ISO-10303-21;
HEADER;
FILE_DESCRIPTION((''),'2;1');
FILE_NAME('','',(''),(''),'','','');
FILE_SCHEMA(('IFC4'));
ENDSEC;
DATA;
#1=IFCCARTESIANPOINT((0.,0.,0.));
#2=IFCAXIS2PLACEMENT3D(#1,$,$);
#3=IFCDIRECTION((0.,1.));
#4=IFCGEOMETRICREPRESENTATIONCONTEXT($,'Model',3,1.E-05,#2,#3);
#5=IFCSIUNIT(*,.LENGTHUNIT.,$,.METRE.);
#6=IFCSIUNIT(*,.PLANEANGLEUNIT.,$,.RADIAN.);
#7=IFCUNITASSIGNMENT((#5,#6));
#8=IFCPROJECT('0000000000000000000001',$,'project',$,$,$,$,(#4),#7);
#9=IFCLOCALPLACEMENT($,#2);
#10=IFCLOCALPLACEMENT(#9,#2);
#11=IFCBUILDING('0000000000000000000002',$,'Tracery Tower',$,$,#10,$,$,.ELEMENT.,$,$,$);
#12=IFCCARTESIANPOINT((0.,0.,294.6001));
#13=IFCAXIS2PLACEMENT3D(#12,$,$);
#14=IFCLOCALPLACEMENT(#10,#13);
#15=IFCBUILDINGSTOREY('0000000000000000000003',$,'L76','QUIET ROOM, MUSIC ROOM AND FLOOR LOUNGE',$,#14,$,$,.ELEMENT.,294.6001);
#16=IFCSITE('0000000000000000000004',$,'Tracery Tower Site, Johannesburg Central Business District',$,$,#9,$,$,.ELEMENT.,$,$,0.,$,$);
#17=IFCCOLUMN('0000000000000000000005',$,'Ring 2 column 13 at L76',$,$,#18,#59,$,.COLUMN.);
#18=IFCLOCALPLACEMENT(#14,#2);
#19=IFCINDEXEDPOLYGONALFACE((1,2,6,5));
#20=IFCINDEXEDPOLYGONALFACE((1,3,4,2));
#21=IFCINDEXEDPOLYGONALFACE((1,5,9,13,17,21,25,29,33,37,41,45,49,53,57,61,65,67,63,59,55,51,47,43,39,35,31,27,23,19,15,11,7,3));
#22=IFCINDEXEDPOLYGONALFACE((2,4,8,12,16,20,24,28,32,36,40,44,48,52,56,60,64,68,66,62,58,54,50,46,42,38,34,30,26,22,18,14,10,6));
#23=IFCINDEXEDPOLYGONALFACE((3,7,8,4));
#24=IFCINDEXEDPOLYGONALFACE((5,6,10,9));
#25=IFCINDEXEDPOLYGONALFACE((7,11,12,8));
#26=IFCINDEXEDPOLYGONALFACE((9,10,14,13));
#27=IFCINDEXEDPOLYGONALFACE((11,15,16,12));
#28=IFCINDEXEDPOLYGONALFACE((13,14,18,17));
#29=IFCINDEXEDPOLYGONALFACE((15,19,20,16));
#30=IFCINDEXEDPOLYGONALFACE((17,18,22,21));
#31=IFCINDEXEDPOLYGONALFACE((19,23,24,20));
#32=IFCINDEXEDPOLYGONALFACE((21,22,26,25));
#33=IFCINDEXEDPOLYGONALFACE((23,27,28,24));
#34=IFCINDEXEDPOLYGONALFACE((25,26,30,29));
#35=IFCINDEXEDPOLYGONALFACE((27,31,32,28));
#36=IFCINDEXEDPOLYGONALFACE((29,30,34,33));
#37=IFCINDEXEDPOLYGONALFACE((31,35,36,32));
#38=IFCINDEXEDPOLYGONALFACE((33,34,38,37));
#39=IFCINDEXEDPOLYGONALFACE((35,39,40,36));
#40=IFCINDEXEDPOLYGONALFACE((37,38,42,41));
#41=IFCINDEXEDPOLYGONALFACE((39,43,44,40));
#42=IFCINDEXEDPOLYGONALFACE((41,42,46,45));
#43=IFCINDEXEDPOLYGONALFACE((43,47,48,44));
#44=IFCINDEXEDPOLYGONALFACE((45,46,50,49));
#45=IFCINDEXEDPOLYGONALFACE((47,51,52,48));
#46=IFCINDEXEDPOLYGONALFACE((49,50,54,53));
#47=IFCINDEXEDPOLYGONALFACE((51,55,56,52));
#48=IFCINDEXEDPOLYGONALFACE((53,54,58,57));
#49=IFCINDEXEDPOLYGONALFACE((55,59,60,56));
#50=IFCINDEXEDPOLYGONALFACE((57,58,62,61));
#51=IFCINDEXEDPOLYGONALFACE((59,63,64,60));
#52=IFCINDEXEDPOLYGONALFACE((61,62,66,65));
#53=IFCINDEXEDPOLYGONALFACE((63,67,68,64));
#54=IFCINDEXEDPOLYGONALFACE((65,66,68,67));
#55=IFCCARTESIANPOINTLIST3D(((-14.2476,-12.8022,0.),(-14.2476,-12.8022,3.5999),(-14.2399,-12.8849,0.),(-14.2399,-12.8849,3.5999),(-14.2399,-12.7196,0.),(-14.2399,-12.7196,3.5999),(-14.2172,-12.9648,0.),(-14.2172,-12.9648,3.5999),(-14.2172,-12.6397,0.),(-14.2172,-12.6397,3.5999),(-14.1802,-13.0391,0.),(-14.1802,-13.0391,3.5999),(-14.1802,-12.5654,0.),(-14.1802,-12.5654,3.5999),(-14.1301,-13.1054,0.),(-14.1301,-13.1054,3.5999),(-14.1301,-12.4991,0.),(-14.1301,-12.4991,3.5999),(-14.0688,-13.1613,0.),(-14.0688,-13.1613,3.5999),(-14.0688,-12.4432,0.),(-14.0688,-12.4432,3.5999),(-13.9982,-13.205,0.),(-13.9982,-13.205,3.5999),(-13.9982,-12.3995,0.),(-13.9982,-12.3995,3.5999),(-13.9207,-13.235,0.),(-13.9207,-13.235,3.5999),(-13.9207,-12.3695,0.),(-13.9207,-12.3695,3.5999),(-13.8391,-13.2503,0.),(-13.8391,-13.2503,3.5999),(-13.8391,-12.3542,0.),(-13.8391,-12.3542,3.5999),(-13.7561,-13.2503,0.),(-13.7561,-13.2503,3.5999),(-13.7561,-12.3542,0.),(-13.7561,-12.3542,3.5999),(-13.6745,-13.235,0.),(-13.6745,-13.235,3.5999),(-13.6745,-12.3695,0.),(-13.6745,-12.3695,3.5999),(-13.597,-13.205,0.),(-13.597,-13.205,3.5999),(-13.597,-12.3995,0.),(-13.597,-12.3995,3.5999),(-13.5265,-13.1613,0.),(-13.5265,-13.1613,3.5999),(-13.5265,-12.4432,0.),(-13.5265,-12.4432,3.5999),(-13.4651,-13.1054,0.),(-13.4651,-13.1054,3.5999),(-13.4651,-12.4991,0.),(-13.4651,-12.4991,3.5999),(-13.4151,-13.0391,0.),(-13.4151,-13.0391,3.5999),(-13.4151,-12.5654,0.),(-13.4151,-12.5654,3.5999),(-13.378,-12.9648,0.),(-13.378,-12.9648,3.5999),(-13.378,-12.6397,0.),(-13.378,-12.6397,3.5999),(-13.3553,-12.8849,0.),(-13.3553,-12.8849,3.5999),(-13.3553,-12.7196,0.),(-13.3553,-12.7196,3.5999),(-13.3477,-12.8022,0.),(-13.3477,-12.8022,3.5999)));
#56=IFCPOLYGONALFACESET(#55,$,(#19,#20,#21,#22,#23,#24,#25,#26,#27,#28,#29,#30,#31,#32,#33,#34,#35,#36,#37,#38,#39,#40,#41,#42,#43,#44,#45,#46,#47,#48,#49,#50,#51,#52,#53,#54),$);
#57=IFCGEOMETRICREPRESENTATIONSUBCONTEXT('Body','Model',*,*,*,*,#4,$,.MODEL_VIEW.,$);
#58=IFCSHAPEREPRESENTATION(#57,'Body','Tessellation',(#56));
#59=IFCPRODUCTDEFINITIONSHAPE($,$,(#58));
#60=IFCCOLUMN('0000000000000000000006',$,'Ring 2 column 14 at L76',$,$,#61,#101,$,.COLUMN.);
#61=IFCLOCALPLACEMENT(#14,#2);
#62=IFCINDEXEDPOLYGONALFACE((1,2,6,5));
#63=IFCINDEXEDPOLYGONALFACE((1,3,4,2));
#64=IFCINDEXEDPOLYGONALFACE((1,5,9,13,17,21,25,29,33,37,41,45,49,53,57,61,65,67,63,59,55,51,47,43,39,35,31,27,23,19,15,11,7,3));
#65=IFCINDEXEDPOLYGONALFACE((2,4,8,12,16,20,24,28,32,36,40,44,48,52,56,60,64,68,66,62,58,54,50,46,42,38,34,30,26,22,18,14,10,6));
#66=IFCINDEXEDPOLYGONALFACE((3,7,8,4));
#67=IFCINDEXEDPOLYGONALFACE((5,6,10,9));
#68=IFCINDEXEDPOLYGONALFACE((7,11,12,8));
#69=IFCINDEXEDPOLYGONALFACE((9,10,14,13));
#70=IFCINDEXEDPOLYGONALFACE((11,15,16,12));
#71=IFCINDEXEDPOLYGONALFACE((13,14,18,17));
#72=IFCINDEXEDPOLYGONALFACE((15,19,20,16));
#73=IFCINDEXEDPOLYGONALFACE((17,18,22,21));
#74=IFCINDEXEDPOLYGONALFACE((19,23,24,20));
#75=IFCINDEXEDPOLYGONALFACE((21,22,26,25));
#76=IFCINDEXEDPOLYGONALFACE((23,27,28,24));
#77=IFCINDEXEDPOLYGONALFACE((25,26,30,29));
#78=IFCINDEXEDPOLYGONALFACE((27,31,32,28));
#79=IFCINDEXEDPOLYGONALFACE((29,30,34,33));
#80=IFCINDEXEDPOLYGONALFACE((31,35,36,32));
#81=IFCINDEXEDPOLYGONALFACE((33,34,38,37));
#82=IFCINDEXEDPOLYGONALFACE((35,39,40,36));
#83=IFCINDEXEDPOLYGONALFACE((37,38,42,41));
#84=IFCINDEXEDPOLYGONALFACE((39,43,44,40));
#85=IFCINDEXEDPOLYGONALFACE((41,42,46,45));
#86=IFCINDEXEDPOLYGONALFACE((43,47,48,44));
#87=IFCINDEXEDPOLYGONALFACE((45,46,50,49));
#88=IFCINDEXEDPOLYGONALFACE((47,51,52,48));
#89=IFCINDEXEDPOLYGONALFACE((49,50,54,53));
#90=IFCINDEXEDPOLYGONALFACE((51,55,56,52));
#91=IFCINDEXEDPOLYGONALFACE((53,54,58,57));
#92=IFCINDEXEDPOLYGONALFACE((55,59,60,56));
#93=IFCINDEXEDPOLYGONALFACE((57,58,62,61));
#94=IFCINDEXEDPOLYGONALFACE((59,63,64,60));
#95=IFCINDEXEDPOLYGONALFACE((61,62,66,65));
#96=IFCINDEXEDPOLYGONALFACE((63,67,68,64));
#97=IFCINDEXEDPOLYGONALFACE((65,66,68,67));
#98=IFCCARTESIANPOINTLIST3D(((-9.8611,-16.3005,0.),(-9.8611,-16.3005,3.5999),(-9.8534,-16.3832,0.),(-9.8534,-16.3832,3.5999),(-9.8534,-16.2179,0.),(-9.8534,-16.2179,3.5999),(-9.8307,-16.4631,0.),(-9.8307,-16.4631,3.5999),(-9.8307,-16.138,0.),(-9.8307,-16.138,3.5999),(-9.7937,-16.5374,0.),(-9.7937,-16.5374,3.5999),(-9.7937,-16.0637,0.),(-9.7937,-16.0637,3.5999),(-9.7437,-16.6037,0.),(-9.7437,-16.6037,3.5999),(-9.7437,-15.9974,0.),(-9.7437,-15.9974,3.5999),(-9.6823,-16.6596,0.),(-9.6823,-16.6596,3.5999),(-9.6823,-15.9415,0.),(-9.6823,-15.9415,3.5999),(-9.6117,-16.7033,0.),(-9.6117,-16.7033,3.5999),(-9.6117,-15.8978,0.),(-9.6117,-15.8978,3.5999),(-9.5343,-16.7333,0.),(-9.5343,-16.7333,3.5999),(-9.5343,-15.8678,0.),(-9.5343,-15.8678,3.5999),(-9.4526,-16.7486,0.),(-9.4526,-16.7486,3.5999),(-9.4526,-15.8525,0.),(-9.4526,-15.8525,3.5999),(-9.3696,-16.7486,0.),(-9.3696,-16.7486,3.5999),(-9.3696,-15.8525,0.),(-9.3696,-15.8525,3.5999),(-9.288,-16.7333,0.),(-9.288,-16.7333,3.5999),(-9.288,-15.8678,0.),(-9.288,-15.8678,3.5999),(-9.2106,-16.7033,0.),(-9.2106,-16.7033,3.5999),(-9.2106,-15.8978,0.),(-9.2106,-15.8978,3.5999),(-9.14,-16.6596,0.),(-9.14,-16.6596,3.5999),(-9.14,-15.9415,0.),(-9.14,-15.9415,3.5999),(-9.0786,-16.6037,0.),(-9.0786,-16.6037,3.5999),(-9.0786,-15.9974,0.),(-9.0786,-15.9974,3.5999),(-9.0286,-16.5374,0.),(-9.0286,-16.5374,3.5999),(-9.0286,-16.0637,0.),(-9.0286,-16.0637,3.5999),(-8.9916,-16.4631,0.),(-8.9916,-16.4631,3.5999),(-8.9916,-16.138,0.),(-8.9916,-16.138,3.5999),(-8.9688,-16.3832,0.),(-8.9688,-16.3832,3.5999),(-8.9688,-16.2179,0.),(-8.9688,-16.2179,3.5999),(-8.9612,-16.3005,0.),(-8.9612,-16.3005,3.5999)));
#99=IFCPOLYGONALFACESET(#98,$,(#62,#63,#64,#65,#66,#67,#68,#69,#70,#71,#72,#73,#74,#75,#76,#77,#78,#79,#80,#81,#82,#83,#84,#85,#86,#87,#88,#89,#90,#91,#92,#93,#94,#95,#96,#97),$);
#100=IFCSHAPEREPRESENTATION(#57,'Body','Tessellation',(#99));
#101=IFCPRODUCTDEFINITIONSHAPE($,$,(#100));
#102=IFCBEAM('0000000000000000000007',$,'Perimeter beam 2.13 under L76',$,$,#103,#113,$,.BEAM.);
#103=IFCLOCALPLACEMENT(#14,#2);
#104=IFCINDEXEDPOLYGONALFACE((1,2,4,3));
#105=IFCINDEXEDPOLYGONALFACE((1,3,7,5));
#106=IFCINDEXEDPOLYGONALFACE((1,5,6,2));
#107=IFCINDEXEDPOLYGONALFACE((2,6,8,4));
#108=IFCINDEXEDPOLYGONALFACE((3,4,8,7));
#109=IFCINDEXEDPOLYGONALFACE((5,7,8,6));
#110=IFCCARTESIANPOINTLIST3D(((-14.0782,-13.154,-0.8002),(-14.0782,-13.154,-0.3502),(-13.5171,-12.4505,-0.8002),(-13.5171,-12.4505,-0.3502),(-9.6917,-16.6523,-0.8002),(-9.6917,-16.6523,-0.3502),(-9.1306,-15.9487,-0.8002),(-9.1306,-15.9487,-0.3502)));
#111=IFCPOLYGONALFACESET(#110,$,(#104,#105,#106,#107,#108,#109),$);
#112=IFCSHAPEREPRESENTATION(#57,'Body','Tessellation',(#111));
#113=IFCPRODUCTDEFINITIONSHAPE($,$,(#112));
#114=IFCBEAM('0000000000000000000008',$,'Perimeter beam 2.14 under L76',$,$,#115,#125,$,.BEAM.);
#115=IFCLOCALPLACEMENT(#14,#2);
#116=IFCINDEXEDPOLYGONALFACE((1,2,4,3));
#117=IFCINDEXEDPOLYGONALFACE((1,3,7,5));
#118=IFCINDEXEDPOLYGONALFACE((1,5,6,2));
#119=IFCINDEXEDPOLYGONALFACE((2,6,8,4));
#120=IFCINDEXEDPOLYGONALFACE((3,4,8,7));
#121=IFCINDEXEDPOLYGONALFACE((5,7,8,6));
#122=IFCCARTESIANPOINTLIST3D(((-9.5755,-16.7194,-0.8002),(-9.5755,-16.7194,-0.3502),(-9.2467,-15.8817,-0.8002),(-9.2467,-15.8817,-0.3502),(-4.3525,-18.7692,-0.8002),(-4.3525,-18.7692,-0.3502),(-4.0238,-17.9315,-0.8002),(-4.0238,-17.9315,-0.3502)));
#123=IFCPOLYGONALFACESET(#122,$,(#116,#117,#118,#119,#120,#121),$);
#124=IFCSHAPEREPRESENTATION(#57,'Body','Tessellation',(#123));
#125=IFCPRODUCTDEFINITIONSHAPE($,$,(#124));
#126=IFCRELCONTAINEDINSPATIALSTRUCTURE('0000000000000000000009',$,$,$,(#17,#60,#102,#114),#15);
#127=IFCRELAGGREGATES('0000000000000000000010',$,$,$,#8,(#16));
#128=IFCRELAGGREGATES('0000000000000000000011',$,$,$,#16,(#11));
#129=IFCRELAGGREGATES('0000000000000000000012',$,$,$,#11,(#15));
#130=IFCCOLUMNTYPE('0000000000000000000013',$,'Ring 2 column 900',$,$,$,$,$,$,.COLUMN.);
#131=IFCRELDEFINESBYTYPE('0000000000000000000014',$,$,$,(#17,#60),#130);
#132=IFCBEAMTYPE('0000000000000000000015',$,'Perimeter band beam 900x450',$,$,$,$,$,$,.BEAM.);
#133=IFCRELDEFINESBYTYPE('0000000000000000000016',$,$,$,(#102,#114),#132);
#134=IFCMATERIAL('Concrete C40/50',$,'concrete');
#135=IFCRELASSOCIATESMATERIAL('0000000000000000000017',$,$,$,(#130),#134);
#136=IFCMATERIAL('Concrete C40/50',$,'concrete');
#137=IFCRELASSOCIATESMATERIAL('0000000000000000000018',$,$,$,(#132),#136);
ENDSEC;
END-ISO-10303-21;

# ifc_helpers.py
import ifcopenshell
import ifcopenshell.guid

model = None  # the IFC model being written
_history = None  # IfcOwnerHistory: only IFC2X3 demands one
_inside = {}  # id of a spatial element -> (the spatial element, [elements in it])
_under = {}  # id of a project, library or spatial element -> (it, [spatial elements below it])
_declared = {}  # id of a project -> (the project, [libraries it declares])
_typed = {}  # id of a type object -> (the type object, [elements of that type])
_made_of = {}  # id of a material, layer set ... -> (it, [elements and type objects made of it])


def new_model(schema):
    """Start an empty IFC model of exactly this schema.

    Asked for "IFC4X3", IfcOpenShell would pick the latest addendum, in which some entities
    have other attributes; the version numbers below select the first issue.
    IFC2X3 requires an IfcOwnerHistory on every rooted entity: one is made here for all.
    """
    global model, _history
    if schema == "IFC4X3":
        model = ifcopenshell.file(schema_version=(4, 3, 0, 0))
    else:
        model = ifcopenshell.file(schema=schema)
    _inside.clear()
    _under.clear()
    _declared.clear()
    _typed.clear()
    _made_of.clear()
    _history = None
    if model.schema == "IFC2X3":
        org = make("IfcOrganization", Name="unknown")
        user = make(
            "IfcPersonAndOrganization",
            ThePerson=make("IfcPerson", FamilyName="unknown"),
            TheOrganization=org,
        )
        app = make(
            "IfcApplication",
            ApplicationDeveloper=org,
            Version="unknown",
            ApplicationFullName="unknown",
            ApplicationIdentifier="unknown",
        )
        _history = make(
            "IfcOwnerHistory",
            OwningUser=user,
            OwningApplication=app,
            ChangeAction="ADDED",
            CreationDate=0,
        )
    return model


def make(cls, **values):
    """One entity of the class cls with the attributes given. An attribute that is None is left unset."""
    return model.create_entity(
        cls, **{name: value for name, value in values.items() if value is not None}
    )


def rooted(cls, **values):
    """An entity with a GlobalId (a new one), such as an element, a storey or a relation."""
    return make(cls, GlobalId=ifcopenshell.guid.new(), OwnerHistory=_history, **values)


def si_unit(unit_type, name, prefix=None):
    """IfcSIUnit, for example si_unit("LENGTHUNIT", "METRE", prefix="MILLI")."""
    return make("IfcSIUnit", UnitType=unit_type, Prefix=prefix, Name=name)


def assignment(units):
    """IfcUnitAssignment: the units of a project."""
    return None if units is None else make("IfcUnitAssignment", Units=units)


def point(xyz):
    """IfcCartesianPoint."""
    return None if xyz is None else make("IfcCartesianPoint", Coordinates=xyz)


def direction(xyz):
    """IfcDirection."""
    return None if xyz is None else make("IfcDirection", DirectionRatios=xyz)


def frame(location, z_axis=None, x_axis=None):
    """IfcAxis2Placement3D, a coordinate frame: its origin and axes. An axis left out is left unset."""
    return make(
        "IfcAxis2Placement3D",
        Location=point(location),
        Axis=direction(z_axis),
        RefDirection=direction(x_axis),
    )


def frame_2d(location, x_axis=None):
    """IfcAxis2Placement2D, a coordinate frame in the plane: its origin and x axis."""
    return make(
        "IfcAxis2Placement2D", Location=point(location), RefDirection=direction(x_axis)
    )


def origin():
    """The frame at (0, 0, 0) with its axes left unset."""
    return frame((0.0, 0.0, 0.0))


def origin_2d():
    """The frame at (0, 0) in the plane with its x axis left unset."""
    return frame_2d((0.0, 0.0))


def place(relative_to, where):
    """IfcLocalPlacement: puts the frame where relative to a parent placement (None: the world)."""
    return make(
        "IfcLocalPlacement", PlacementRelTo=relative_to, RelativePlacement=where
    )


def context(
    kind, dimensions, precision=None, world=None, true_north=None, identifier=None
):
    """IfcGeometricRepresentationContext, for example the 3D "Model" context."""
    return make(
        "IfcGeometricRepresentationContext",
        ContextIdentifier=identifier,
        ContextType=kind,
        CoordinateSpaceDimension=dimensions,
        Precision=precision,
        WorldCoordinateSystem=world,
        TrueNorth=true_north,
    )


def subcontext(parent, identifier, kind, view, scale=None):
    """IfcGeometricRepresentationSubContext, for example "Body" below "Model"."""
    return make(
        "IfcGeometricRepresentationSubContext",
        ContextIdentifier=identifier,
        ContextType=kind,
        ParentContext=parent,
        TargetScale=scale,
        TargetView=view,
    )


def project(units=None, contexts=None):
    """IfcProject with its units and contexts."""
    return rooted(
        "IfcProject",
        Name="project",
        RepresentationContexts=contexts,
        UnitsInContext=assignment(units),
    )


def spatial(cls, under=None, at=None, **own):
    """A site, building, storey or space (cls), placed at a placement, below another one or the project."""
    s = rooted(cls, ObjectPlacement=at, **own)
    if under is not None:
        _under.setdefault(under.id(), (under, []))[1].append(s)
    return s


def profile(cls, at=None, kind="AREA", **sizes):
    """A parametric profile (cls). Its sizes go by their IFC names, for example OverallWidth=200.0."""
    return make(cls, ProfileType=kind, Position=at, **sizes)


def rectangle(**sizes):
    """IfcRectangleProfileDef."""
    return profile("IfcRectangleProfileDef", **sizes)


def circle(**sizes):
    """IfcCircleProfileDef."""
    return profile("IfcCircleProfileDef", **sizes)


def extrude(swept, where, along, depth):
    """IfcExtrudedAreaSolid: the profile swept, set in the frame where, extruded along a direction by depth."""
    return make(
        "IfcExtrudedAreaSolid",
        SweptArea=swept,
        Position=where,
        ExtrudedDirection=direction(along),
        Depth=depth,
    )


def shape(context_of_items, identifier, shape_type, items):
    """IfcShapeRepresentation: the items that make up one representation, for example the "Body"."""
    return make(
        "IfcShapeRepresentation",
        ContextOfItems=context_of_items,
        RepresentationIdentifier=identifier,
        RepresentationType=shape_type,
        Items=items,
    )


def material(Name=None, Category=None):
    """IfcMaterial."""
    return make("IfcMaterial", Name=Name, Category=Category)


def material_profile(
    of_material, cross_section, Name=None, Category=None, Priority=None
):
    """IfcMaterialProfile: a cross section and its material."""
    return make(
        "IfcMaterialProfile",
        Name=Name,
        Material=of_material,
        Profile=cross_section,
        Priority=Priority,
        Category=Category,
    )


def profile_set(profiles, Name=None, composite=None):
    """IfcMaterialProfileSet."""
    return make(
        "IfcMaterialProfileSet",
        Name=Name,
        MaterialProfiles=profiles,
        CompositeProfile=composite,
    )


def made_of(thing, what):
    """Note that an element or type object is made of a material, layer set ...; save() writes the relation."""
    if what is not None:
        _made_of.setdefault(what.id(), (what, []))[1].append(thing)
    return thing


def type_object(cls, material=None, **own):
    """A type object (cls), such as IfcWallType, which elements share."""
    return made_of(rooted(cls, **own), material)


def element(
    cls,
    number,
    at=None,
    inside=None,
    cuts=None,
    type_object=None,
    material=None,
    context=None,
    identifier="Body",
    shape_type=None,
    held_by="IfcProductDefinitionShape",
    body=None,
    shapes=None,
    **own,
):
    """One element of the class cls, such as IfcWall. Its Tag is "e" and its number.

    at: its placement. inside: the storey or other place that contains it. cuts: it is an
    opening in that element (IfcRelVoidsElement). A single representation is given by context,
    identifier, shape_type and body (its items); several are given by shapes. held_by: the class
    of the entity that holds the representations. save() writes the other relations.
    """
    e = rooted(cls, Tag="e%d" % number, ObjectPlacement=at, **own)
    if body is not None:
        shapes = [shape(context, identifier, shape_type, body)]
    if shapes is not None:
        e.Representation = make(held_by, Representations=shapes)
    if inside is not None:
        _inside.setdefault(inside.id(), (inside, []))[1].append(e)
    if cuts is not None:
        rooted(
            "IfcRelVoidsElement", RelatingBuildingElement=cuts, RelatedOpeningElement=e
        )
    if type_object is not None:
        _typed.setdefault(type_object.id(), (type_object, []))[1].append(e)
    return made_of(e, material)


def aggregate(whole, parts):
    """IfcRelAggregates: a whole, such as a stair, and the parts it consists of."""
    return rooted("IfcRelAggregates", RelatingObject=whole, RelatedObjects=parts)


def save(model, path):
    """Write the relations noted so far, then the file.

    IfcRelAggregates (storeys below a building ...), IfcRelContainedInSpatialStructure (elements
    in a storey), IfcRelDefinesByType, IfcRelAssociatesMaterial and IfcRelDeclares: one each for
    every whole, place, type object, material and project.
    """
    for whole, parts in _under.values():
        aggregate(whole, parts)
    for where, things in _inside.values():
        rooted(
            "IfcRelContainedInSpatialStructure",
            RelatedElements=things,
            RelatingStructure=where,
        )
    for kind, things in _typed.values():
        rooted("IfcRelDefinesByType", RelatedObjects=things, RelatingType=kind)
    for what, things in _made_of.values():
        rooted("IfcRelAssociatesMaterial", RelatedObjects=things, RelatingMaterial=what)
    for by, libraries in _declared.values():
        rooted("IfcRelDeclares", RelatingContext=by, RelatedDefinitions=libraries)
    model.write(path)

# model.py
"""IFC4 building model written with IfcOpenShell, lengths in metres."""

from ifc_helpers import new_model, si_unit, direction, frame, origin, origin_2d, place, context, subcontext, project, spatial, rectangle, circle, extrude, material, material_profile, profile_set, type_object, element, save


model = new_model("IFC4")

# Units and contexts
model_context = context("Model", 3, precision=1e-05, world=origin(), true_north=direction((0.0, 1.0)))
body_context = subcontext(model_context, "Body", "Model", "MODEL_VIEW")
ifc_project = project(units=[si_unit("LENGTHUNIT", "METRE"), si_unit("PLANEANGLEUNIT", "RADIAN")], contexts=[model_context])

# Site, building, storey
site_placement = place(None, origin())
site = spatial("IfcSite", under=ifc_project, at=site_placement, Name="Tracery Tower Site, Johannesburg Central Business District", CompositionType="ELEMENT", RefElevation=0.0)
building_placement = place(site_placement, origin())
building = spatial("IfcBuilding", under=site, at=building_placement, Name="Tracery Tower", CompositionType="ELEMENT")
storey_placement = place(building_placement, frame((0.0, 0.0, 294.6001)))
storey = spatial("IfcBuildingStorey", under=building, at=storey_placement, Name="L76", Description="QUIET ROOM, MUSIC ROOM AND FLOOR LOUNGE", CompositionType="ELEMENT", Elevation=294.6001)

# Columns
ifc_material_1 = material(Name="Concrete C40/50", Category="concrete")
ifc_material_profile_1 = material_profile(ifc_material_1, circle(Radius=0.45, at=origin_2d()), Name="RC D900")
ifc_profile_set_1 = profile_set([ifc_material_profile_1], Name="Concrete C40/50")
column_type = type_object("IfcColumnType", Name="Ring 2 column 900", PredefinedType="COLUMN", material=ifc_profile_set_1)
for number, where, z_axis, x_axis, name in (
    (1, (-13.7976, -12.8022, 0.0), (0.0, 0.0, 1.0), (1.0, 0.0, 0.0), "Ring 2 column 13 at L76"),
    (2, (-9.4111, -16.3005, 0.0), (0.0, 0.0, 1.0), (1.0, 0.0, 0.0), "Ring 2 column 14 at L76"),
):
    element("IfcColumn", number, at=place(storey_placement, frame(where, z_axis=z_axis, x_axis=x_axis)), inside=storey, type_object=column_type, Name=name, PredefinedType="COLUMN", context=body_context, shape_type="SweptSolid", body=[
        extrude(circle(Radius=0.45, at=origin_2d()), origin(), (0.0, 0.0, 1.0), 3.5999),
    ])

# Beams
ifc_material_2 = material(Name="Concrete C40/50", Category="concrete")
ifc_material_profile_2 = material_profile(ifc_material_2, rectangle(XDim=0.8999, YDim=0.45, at=origin_2d()), Name="RC 900x450")
ifc_profile_set_2 = profile_set([ifc_material_profile_2], Name="Concrete C40/50")
beam_type = type_object("IfcBeamType", Name="Perimeter band beam 900x450", PredefinedType="BEAM", material=ifc_profile_set_2)
beam_1_placement = place(storey_placement, frame((-13.7976, -12.8022, -0.5752), z_axis=(0.781815, -0.623511, 0.0), x_axis=(0.623511, 0.781815, 0.0)))
element("IfcBeam", 3, at=beam_1_placement, inside=storey, type_object=beam_type, Name="Perimeter beam 2.13 under L76", PredefinedType="BEAM", context=body_context, shape_type="SweptSolid", body=[
    extrude(rectangle(XDim=0.8999, YDim=0.45, at=origin_2d()), origin(), (0.0, 0.0, 1.0), 5.6106),
])
beam_2_placement = place(storey_placement, frame((-9.4111, -16.3005, -0.5752), z_axis=(0.930876, -0.365336, 0.0), x_axis=(0.365336, 0.930876, 0.0)))
element("IfcBeam", 4, at=beam_2_placement, inside=storey, type_object=beam_type, Name="Perimeter beam 2.14 under L76", PredefinedType="BEAM", context=body_context, shape_type="SweptSolid", body=[
    extrude(rectangle(XDim=0.8999, YDim=0.45, at=origin_2d()), origin(), (0.0, 0.0, 1.0), 5.6108),
])

save(model, "model.ifc")
